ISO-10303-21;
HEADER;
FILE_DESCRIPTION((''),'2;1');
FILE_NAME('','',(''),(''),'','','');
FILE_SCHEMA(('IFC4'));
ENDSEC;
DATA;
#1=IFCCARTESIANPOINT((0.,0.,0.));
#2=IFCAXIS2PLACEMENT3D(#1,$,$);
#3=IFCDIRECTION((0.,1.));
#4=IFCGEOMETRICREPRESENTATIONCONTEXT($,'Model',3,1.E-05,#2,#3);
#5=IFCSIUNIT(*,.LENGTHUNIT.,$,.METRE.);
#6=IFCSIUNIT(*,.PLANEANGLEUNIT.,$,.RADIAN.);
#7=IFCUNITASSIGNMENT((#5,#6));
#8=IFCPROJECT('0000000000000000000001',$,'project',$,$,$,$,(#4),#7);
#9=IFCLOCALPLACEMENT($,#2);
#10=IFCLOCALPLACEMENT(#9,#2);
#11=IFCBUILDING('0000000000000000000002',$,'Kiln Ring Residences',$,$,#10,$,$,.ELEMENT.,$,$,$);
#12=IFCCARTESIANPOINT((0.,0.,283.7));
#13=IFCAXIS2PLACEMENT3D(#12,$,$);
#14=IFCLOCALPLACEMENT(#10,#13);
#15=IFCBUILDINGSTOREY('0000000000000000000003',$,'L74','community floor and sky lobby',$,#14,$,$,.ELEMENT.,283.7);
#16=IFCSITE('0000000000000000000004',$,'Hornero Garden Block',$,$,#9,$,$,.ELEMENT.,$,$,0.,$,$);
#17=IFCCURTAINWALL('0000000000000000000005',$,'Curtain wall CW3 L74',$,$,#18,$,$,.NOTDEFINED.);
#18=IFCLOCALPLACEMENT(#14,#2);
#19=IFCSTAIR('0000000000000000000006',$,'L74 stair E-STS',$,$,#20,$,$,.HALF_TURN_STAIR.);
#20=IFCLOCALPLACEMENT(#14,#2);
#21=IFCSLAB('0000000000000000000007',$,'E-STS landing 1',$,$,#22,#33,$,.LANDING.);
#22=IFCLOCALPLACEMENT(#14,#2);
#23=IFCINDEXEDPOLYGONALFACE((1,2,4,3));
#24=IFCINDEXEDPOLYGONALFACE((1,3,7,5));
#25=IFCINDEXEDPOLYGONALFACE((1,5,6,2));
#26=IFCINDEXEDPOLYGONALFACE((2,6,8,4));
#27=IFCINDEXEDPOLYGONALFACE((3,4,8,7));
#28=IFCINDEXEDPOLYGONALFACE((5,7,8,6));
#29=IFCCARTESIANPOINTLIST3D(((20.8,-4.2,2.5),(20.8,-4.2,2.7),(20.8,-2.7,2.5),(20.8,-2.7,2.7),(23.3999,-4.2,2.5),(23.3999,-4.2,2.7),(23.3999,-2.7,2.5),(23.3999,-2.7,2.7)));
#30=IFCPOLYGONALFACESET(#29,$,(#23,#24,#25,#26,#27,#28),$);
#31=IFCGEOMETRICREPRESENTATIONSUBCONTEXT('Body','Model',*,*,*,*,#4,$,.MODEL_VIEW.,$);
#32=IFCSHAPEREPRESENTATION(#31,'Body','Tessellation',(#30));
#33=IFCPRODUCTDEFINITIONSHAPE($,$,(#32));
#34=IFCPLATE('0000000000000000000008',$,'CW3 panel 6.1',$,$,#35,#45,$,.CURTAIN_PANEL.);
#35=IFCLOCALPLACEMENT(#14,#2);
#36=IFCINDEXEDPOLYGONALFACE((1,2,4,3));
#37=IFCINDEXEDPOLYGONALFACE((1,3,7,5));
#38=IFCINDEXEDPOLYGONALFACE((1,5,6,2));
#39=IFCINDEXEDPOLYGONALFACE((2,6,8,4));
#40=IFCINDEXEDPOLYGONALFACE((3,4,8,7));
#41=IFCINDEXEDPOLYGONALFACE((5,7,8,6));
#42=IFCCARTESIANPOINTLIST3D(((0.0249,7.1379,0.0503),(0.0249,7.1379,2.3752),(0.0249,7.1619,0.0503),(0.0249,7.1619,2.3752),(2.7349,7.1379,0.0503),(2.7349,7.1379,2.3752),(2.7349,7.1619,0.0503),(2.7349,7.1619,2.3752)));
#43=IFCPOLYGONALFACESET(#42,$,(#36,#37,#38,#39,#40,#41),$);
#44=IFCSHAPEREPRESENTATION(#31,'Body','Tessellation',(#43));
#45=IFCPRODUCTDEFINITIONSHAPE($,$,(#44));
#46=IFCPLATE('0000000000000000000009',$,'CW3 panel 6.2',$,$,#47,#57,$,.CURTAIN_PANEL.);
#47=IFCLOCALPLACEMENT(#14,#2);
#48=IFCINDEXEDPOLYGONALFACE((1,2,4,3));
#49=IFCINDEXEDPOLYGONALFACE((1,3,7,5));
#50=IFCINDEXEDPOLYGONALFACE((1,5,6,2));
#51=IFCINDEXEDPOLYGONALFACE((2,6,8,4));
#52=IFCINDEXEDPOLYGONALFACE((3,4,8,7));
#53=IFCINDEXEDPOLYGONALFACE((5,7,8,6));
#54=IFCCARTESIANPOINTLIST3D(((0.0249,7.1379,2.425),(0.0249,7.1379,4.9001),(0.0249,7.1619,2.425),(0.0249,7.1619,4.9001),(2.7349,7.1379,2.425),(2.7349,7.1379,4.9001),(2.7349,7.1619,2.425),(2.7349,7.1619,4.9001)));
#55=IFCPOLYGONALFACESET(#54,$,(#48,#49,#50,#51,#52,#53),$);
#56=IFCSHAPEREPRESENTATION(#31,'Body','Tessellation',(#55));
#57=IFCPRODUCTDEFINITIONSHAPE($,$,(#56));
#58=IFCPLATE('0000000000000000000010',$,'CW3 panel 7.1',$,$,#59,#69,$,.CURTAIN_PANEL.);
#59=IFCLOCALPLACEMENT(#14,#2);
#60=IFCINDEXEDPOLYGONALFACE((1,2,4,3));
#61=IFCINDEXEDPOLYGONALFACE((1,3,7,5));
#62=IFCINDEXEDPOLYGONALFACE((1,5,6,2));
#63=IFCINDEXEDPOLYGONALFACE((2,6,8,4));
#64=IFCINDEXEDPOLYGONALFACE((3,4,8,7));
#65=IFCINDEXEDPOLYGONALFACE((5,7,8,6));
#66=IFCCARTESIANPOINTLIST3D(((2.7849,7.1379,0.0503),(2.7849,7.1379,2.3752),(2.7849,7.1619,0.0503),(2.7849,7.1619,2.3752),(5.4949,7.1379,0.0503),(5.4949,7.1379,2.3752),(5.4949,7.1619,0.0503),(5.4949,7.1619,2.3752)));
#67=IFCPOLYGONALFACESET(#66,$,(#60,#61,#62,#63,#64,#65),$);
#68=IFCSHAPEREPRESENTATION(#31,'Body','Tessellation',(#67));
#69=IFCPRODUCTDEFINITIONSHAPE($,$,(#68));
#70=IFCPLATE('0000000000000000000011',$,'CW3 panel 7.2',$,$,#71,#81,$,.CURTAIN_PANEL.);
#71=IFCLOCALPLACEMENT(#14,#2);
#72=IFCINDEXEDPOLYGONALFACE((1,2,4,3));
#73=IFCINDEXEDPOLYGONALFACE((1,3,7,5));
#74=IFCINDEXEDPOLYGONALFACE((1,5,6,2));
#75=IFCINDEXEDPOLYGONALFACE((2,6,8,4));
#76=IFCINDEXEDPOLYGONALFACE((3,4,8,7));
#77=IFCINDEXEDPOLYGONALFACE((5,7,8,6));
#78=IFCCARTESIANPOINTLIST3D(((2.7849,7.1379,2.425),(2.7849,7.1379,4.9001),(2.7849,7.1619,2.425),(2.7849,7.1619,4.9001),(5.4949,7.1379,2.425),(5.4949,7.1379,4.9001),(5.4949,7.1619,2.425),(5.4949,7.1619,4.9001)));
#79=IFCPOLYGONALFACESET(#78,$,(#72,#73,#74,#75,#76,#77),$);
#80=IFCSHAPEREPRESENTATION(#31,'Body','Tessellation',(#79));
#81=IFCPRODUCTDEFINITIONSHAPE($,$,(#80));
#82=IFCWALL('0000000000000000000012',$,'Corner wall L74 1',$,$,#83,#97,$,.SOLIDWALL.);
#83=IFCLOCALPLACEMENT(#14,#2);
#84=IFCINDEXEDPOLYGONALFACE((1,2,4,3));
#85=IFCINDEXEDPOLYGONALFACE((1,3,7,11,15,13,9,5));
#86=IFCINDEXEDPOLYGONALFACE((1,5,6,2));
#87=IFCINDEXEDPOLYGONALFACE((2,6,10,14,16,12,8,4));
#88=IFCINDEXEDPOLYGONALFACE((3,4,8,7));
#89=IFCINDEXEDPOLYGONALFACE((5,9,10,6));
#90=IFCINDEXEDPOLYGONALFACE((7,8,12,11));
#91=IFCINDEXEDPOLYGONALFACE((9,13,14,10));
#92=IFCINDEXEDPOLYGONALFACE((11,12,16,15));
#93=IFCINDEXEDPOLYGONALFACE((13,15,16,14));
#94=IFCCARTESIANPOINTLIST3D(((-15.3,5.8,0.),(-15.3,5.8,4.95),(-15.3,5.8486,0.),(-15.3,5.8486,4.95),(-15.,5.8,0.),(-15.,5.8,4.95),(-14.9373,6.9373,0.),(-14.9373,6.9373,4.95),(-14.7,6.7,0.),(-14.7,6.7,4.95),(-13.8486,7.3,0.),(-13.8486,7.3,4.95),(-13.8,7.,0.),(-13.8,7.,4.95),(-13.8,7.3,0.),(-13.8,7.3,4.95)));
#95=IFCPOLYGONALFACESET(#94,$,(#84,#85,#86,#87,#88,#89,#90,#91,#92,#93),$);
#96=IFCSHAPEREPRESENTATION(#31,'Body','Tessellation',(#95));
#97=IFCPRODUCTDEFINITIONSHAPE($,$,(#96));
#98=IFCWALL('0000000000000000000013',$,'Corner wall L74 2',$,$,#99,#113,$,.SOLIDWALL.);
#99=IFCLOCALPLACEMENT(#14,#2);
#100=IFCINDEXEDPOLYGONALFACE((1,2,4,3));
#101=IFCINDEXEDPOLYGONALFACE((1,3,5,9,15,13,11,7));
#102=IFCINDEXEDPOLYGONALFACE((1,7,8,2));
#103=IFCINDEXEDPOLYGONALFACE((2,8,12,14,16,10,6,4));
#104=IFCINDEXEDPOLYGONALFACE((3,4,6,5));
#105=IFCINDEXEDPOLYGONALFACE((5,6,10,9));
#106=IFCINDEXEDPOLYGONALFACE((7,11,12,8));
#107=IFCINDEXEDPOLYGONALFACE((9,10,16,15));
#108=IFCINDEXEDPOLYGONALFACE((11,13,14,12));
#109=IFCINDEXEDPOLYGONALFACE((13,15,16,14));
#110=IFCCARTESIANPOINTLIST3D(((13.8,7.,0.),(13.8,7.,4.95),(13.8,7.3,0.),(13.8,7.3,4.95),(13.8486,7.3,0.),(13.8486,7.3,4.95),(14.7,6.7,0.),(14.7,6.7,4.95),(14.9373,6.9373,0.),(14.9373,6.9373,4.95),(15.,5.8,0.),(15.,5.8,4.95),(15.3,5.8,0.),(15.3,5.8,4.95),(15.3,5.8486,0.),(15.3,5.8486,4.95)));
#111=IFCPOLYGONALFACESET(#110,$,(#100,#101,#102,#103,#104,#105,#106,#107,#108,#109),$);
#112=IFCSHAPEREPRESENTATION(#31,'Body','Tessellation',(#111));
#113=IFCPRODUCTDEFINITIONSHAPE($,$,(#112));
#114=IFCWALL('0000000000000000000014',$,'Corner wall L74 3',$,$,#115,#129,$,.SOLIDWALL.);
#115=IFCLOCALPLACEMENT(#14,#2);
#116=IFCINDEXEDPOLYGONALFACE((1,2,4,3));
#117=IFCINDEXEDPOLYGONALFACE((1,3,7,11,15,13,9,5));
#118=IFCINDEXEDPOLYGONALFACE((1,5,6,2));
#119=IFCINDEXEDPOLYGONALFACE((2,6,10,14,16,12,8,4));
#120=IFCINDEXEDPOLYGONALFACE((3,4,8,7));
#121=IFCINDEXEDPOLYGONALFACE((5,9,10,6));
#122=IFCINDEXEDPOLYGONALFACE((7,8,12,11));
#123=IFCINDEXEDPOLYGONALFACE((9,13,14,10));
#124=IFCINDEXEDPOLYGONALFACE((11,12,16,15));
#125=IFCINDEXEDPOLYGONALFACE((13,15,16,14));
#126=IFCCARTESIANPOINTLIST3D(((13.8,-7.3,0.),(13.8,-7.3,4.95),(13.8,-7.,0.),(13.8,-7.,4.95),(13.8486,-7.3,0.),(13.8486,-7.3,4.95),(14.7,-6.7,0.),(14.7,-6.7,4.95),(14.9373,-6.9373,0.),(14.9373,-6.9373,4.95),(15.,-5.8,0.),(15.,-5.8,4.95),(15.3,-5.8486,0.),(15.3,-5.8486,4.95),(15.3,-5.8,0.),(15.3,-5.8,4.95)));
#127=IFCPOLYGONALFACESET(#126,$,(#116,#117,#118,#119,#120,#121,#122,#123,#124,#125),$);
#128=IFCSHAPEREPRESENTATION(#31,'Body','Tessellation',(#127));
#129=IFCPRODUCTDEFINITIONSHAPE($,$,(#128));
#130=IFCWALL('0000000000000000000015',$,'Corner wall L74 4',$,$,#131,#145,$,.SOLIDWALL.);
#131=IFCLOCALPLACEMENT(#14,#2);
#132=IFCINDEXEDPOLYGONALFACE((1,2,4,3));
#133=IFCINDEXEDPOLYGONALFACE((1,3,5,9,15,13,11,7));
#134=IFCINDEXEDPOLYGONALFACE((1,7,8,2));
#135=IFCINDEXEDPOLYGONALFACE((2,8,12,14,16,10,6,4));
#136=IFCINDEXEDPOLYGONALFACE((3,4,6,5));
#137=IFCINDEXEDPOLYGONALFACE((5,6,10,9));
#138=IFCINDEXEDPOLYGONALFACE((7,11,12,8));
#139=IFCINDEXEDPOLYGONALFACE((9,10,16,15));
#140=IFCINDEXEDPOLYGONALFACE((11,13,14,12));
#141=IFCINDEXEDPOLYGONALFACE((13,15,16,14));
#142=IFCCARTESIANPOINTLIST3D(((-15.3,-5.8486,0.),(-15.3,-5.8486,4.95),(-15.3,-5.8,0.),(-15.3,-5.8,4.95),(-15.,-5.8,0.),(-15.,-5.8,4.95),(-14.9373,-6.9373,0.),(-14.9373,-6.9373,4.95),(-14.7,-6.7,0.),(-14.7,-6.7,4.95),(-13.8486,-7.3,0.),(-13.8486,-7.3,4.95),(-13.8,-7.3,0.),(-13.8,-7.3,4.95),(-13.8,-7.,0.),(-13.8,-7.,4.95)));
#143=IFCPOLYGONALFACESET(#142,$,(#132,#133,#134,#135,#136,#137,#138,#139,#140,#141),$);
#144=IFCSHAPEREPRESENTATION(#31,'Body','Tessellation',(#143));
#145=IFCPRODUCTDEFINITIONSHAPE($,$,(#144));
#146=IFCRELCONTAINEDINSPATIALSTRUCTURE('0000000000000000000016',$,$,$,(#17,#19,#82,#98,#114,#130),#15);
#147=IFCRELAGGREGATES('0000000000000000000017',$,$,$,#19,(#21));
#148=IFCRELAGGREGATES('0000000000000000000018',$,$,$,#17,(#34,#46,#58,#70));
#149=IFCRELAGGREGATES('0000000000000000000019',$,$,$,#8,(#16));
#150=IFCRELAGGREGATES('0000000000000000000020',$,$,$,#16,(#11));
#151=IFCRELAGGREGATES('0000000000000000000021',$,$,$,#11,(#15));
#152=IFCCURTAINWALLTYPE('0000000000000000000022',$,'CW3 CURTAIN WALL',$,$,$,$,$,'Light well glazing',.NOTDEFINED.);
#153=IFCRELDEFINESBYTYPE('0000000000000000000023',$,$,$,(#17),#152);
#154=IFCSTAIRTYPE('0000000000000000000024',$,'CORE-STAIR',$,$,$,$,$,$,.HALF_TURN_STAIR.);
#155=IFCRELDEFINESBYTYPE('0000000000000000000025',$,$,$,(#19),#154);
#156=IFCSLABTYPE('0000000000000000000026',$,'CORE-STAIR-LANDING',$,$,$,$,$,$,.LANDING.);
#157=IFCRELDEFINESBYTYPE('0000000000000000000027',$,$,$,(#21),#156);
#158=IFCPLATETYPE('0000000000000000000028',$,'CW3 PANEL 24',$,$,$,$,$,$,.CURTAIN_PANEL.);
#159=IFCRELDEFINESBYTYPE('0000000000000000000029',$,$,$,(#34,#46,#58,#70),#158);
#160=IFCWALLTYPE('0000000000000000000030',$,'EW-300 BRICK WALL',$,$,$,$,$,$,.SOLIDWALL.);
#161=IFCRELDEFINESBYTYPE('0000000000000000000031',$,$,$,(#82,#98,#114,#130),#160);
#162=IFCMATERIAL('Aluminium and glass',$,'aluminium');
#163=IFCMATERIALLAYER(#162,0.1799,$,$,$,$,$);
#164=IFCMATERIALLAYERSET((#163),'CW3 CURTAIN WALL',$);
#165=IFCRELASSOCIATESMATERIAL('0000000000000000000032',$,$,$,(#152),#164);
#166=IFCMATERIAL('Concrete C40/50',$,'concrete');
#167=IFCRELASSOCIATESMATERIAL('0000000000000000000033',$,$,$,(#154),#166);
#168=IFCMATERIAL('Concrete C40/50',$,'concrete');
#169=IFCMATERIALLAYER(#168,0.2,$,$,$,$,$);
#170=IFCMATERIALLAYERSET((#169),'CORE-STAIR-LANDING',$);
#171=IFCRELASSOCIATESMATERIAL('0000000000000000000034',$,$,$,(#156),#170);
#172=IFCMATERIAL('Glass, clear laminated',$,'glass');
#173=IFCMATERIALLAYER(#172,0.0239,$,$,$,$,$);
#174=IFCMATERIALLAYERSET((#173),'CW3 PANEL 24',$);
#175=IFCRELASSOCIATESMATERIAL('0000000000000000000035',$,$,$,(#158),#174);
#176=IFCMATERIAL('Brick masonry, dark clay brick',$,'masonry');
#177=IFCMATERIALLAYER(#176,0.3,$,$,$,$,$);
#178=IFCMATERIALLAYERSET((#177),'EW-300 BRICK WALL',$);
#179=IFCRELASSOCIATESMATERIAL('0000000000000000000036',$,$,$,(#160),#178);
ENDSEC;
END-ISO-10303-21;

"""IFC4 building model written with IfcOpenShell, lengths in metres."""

from ifc_helpers import new_model, si_unit, direction, frame, origin, origin_2d, place, context, subcontext, project, spatial, polyline, rectangle, outline, extrude, material, layer, layer_set, type_object, element, aggregate, save


model = new_model("IFC4")

# Units and contexts
model_context = context("Model", 3, precision=1e-05, world=origin(), true_north=direction((0.0, 1.0)))
body_context = subcontext(model_context, "Body", "Model", "MODEL_VIEW")
ifc_project = project(units=[si_unit("LENGTHUNIT", "METRE"), si_unit("PLANEANGLEUNIT", "RADIAN")], contexts=[model_context])

# Site, building, storey
site_placement = place(None, origin())
site = spatial("IfcSite", under=ifc_project, at=site_placement, Name="Hornero Garden Block", CompositionType="ELEMENT", RefElevation=0.0)
building_placement = place(site_placement, origin())
building = spatial("IfcBuilding", under=site, at=building_placement, Name="Kiln Ring Residences", CompositionType="ELEMENT")
storey_placement = place(building_placement, frame((0.0, 0.0, 283.7)))
storey = spatial("IfcBuildingStorey", under=building, at=storey_placement, Name="L74", Description="community floor and sky lobby", CompositionType="ELEMENT", Elevation=283.7)

# Curtain wall
ifc_material_1 = material(Name="Aluminium and glass", Category="aluminium")
ifc_layer_1 = layer(ifc_material_1, 0.1799)
ifc_layer_set_1 = layer_set([ifc_layer_1], Name="CW3 CURTAIN WALL")
curtain_wall_type = type_object("IfcCurtainWallType", Name="CW3 CURTAIN WALL", ElementType="Light well glazing", PredefinedType="NOTDEFINED", material=ifc_layer_set_1)
placement_1 = place(storey_placement, origin())
curtain_wall = element("IfcCurtainWall", 1, at=placement_1, inside=storey, type_object=curtain_wall_type, Name="Curtain wall CW3 L74", PredefinedType="NOTDEFINED")

# Stair, slab
ifc_material_2 = material(Name="Concrete C40/50", Category="concrete")
stair_type = type_object("IfcStairType", Name="CORE-STAIR", PredefinedType="HALF_TURN_STAIR", material=ifc_material_2)
ifc_material_3 = material(Name="Concrete C40/50", Category="concrete")
ifc_layer_2 = layer(ifc_material_3, 0.2)
ifc_layer_set_2 = layer_set([ifc_layer_2], Name="CORE-STAIR-LANDING")
slab_type = type_object("IfcSlabType", Name="CORE-STAIR-LANDING", PredefinedType="LANDING", material=ifc_layer_set_2)
placement_2 = place(storey_placement, frame((0.0, 0.0, 2.5)))
stair_1 = element("IfcStair", 2, at=placement_1, inside=storey, type_object=stair_type, Name="L74 stair E-STS", PredefinedType="HALF_TURN_STAIR")
slab_1 = element("IfcSlab", 3, at=placement_2, type_object=slab_type, Name="E-STS landing 1", PredefinedType="LANDING", context=body_context, shape_type="SweptSolid", body=[
    extrude(outline(polyline([(23.3999, -4.2), (23.3999, -2.7), (20.8, -2.7), (20.8, -4.2), (23.3999, -4.2)])), origin(), (0.0, 0.0, 1.0), 0.2),
])
aggregate(stair_1, [slab_1])

# Plates
ifc_material_4 = material(Name="Glass, clear laminated", Category="glass")
ifc_layer_3 = layer(ifc_material_4, 0.0239)
ifc_layer_set_3 = layer_set([ifc_layer_3], Name="CW3 PANEL 24")
plate_type = type_object("IfcPlateType", Name="CW3 PANEL 24", PredefinedType="CURTAIN_PANEL", material=ifc_layer_set_3)
plate_1_placement = place(storey_placement, frame((1.3799, 7.1499, 0.0503), z_axis=(0.0, 0.0, 1.0), x_axis=(1.0, 0.0, 0.0)))
plate_1 = element("IfcPlate", 4, at=plate_1_placement, type_object=plate_type, Name="CW3 panel 6.1", PredefinedType="CURTAIN_PANEL", context=body_context, shape_type="SweptSolid", body=[
    extrude(rectangle(XDim=2.71, YDim=0.0239, at=origin_2d()), origin(), (0.0, 0.0, 1.0), 2.325),
])
plate_2_placement = place(storey_placement, frame((1.3799, 7.1499, 2.425), z_axis=(0.0, 0.0, 1.0), x_axis=(1.0, 0.0, 0.0)))
plate_2 = element("IfcPlate", 5, at=plate_2_placement, type_object=plate_type, Name="CW3 panel 6.2", PredefinedType="CURTAIN_PANEL", context=body_context, shape_type="SweptSolid", body=[
    extrude(rectangle(XDim=2.71, YDim=0.0239, at=origin_2d()), origin(), (0.0, 0.0, 1.0), 2.4751),
])
plate_3_placement = place(storey_placement, frame((4.1399, 7.1499, 0.0503), z_axis=(0.0, 0.0, 1.0), x_axis=(1.0, 0.0, 0.0)))
plate_3 = element("IfcPlate", 6, at=plate_3_placement, type_object=plate_type, Name="CW3 panel 7.1", PredefinedType="CURTAIN_PANEL", context=body_context, shape_type="SweptSolid", body=[
    extrude(rectangle(XDim=2.71, YDim=0.0239, at=origin_2d()), origin(), (0.0, 0.0, 1.0), 2.325),
])
plate_4_placement = place(storey_placement, frame((4.1399, 7.1499, 2.425), z_axis=(0.0, 0.0, 1.0), x_axis=(1.0, 0.0, 0.0)))
plate_4 = element("IfcPlate", 7, at=plate_4_placement, type_object=plate_type, Name="CW3 panel 7.2", PredefinedType="CURTAIN_PANEL", context=body_context, shape_type="SweptSolid", body=[
    extrude(rectangle(XDim=2.71, YDim=0.0239, at=origin_2d()), origin(), (0.0, 0.0, 1.0), 2.4751),
])
aggregate(curtain_wall, [plate_1, plate_2, plate_3, plate_4])

# Walls
ifc_material_5 = material(Name="Brick masonry, dark clay brick", Category="masonry")
ifc_layer_4 = layer(ifc_material_5, 0.3)
ifc_layer_set_4 = layer_set([ifc_layer_4], Name="EW-300 BRICK WALL")
wall_type = type_object("IfcWallType", Name="EW-300 BRICK WALL", PredefinedType="SOLIDWALL", material=ifc_layer_set_4)
element("IfcWall", 8, at=placement_1, inside=storey, type_object=wall_type, Name="Corner wall L74 1", PredefinedType="SOLIDWALL", context=body_context, shape_type="SweptSolid", body=[
    extrude(outline(polyline([(-13.8486, 7.3), (-14.9373, 6.9373), (-15.3, 5.8486), (-15.3, 5.8), (-15.0, 5.8), (-14.7, 6.7), (-13.8, 7.0), (-13.8, 7.3), (-13.8486, 7.3)])), origin(), (0.0, 0.0, 1.0), 4.95),
])
element("IfcWall", 9, at=placement_1, inside=storey, type_object=wall_type, Name="Corner wall L74 2", PredefinedType="SOLIDWALL", context=body_context, shape_type="SweptSolid", body=[
    extrude(outline(polyline([(14.9373, 6.9373), (13.8486, 7.3), (13.8, 7.3), (13.8, 7.0), (14.7, 6.7), (15.0, 5.8), (15.3, 5.8), (15.3, 5.8486), (14.9373, 6.9373)])), origin(), (0.0, 0.0, 1.0), 4.95),
])
element("IfcWall", 10, at=placement_1, inside=storey, type_object=wall_type, Name="Corner wall L74 3", PredefinedType="SOLIDWALL", context=body_context, shape_type="SweptSolid", body=[
    extrude(outline(polyline([(14.9373, -6.9373), (15.3, -5.8486), (15.3, -5.8), (15.0, -5.8), (14.7, -6.7), (13.8, -7.0), (13.8, -7.3), (13.8486, -7.3), (14.9373, -6.9373)])), origin(), (0.0, 0.0, 1.0), 4.95),
])
element("IfcWall", 11, at=placement_1, inside=storey, type_object=wall_type, Name="Corner wall L74 4", PredefinedType="SOLIDWALL", context=body_context, shape_type="SweptSolid", body=[
    extrude(outline(polyline([(-14.9373, -6.9373), (-13.8486, -7.3), (-13.8, -7.3), (-13.8, -7.0), (-14.7, -6.7), (-15.0, -5.8), (-15.3, -5.8), (-15.3, -5.8486), (-14.9373, -6.9373)])), origin(), (0.0, 0.0, 1.0), 4.95),
])

save(model, "model.ifc")
